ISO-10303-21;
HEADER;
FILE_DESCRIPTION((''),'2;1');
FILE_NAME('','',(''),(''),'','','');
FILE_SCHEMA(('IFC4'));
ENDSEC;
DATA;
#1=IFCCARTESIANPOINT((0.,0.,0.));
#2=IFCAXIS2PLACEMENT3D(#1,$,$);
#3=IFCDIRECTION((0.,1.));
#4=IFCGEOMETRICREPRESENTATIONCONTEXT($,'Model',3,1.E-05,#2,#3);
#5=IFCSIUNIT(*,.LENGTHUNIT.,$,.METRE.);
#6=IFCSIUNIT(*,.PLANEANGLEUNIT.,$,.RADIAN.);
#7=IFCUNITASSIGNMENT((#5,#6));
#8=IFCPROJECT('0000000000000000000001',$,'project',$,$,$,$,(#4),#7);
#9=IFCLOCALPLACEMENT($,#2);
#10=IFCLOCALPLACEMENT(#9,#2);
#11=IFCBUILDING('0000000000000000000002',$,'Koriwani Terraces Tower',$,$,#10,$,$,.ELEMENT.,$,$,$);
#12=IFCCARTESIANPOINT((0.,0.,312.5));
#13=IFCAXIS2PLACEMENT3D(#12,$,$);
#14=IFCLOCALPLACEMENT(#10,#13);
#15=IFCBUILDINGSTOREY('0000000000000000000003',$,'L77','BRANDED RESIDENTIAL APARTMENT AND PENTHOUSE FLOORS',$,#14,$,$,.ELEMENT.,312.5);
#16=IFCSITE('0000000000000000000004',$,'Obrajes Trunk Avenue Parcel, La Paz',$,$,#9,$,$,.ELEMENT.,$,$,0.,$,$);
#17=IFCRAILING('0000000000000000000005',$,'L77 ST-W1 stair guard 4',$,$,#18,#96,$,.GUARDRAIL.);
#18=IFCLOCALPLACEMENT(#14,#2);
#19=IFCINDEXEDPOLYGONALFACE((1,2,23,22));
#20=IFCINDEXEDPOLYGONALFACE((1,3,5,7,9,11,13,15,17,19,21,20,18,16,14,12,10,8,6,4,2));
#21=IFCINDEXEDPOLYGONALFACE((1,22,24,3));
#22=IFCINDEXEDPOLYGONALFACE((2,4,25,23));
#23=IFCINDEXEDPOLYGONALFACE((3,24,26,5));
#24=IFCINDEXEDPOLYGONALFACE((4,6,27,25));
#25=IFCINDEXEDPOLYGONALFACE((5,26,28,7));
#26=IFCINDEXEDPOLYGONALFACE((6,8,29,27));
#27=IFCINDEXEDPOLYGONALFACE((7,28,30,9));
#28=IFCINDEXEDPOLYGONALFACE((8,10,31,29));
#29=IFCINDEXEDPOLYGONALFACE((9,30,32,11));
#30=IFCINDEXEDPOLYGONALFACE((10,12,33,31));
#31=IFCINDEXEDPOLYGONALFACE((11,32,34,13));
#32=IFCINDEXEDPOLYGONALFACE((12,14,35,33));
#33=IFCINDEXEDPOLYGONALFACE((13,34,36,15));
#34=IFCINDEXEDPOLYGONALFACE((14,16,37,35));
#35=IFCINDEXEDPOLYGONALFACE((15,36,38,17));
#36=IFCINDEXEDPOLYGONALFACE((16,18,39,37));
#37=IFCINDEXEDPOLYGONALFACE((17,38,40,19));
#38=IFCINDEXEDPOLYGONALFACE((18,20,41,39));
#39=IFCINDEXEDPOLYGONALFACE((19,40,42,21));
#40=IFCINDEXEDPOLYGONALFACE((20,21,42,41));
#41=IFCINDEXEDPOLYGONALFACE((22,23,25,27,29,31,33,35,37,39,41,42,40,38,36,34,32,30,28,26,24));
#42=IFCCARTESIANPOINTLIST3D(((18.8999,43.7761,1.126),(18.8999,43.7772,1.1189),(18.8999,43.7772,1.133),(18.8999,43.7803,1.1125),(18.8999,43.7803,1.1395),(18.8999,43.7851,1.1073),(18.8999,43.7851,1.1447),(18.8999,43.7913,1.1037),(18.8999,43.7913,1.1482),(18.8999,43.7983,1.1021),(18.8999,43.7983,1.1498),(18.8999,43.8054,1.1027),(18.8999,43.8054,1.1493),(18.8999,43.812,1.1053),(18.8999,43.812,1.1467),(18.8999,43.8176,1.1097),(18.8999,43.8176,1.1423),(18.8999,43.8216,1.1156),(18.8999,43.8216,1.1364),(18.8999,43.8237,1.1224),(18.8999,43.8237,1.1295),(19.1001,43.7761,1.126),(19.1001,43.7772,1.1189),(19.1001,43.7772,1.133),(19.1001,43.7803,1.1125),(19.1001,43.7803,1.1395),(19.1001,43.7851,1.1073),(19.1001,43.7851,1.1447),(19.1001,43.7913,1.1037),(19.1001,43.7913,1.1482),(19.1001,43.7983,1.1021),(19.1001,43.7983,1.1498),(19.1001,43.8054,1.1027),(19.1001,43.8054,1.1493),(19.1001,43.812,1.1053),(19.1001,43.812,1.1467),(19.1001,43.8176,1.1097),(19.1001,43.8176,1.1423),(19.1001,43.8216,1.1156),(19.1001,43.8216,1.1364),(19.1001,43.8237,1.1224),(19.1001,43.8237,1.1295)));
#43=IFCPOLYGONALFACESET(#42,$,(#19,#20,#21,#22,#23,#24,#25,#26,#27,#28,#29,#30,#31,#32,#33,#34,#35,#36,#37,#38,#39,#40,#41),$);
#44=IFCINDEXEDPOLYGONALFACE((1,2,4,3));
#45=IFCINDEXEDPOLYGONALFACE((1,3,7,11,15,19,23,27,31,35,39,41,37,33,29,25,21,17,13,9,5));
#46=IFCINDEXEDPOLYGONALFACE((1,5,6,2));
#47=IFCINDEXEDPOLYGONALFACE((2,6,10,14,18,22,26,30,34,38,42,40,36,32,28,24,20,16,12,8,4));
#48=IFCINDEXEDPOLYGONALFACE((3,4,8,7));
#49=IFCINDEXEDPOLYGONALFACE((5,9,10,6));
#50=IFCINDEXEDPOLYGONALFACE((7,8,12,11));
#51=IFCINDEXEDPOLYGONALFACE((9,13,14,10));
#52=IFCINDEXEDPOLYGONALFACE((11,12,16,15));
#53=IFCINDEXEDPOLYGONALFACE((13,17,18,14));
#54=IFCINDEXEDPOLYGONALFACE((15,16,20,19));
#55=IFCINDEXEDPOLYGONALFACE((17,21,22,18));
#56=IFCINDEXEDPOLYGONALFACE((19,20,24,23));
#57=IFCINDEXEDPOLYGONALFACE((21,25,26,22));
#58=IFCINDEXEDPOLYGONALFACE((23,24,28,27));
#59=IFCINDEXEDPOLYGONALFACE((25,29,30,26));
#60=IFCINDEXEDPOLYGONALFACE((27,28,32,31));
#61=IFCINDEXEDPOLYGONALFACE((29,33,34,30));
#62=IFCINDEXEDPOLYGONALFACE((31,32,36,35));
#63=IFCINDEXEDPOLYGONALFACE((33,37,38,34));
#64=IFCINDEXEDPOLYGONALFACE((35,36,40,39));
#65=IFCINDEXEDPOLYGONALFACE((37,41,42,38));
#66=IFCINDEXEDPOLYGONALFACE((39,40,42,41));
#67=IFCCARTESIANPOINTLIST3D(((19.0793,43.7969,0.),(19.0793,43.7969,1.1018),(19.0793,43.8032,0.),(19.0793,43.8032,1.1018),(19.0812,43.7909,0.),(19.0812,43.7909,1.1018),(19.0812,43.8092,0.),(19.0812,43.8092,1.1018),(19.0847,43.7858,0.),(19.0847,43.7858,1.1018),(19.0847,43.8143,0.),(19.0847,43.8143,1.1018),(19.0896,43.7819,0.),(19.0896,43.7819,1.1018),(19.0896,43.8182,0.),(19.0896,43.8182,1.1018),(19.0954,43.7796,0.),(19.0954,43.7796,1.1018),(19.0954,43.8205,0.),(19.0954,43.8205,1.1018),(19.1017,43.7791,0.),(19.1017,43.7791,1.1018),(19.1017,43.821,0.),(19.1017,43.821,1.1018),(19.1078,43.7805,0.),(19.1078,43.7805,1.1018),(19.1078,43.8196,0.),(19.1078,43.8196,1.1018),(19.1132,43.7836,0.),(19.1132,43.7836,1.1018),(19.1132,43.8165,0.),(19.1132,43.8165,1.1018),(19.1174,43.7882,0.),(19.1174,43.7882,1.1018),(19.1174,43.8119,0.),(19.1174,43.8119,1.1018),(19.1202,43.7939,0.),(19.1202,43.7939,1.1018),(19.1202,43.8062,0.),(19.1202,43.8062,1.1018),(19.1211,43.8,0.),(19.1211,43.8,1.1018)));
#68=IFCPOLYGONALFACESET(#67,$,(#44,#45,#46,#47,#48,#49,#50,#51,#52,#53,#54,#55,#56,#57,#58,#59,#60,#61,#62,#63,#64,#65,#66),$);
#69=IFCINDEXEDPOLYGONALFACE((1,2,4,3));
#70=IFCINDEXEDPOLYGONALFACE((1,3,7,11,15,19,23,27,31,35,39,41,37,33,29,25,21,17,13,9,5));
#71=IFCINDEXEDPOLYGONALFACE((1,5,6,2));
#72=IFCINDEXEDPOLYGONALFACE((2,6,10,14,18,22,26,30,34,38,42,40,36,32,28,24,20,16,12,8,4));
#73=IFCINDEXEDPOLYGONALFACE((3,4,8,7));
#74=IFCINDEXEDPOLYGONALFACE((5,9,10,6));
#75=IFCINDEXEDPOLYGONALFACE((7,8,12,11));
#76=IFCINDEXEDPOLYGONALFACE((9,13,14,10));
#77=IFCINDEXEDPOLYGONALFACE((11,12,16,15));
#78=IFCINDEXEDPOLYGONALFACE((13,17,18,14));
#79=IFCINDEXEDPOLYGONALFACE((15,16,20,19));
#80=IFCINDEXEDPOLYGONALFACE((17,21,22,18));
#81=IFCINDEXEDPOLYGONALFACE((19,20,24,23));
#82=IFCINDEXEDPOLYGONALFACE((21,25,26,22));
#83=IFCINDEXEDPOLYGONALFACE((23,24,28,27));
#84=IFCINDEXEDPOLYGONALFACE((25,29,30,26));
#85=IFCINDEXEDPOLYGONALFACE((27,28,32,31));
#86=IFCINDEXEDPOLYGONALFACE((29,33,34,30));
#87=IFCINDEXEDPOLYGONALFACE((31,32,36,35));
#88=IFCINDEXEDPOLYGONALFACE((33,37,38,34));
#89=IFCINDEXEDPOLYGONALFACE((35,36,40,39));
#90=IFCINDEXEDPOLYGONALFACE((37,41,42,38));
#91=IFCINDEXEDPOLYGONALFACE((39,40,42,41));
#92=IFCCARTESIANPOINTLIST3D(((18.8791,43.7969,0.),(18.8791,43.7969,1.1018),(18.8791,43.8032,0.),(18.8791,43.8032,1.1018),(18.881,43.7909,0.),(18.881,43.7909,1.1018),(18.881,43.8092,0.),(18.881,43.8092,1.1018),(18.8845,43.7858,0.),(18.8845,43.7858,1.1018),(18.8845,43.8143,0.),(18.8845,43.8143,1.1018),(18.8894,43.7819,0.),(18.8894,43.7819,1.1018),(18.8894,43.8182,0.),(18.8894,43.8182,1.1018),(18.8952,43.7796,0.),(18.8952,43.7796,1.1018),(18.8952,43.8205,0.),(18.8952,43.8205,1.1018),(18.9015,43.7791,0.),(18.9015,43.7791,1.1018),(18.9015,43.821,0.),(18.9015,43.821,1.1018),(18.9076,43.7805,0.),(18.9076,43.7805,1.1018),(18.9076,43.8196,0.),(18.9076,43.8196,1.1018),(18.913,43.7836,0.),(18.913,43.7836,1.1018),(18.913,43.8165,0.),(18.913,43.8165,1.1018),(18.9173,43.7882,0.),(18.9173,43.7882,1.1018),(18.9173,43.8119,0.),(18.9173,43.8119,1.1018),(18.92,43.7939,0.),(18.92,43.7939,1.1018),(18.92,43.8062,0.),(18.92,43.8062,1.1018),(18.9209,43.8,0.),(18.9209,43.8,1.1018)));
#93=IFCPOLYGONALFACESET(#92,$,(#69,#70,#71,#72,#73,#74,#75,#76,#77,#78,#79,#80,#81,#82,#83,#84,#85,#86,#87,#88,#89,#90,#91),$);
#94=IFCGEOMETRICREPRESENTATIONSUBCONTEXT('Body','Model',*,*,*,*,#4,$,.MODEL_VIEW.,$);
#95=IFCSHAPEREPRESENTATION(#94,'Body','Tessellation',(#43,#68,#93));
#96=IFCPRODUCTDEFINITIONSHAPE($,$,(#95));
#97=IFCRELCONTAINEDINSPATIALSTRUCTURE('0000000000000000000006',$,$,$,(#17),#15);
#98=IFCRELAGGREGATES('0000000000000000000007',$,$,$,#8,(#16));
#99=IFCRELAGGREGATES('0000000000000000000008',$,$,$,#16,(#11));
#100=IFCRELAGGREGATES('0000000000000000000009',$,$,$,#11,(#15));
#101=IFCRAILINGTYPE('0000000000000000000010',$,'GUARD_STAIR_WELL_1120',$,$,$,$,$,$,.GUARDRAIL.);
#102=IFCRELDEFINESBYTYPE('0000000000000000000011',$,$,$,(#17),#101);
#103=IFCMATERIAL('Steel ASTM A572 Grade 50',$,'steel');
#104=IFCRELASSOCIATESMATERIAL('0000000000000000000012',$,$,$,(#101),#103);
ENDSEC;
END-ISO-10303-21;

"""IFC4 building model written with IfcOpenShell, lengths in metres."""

from ifc_helpers import new_model, si_unit, direction, frame, origin, origin_2d, place, context, subcontext, project, spatial, circle, extrude, material, type_object, element, save


model = new_model("IFC4")

# Units and contexts
model_context = context("Model", 3, precision=1e-05, world=origin(), true_north=direction((0.0, 1.0)))
body_context = subcontext(model_context, "Body", "Model", "MODEL_VIEW")
ifc_project = project(units=[si_unit("LENGTHUNIT", "METRE"), si_unit("PLANEANGLEUNIT", "RADIAN")], contexts=[model_context])

# Site, building, storey
site_placement = place(None, origin())
site = spatial("IfcSite", under=ifc_project, at=site_placement, Name="Obrajes Trunk Avenue Parcel, La Paz", CompositionType="ELEMENT", RefElevation=0.0)
building_placement = place(site_placement, origin())
building = spatial("IfcBuilding", under=site, at=building_placement, Name="Koriwani Terraces Tower", CompositionType="ELEMENT")
storey_placement = place(building_placement, frame((0.0, 0.0, 312.5)))
storey = spatial("IfcBuildingStorey", under=building, at=storey_placement, Name="L77", Description="BRANDED RESIDENTIAL APARTMENT AND PENTHOUSE FLOORS", CompositionType="ELEMENT", Elevation=312.5)

# Shared definitions
ifc_material_1 = material(Name="Steel ASTM A572 Grade 50", Category="steel")

# Railing
railing_type_1 = type_object("IfcRailingType", Name="GUARD_STAIR_WELL_1120", PredefinedType="GUARDRAIL", material=ifc_material_1)
railing_1_placement = place(storey_placement, frame((19.1001, 43.8, 0.0)))
element("IfcRailing", 1, at=railing_1_placement, inside=storey, type_object=railing_type_1, Name="L77 ST-W1 stair guard 4", PredefinedType="GUARDRAIL", context=body_context, shape_type="SweptSolid", body=[
    extrude(circle(Radius=0.0239, at=origin_2d()), frame((0.0, 0.0, 1.126), z_axis=(-1.0, 0.0, 0.0), x_axis=(0.0, -1.0, 0.0)), (0.0, 0.0, 1.0), 0.2002),
    extrude(circle(Radius=0.021, at=origin_2d()), origin(), (0.0, 0.0, 1.0), 1.1018),
    extrude(circle(Radius=0.021, at=origin_2d()), frame((-0.2002, 0.0, 0.0)), (0.0, 0.0, 1.0), 1.1018),
])

save(model, "model.ifc")
